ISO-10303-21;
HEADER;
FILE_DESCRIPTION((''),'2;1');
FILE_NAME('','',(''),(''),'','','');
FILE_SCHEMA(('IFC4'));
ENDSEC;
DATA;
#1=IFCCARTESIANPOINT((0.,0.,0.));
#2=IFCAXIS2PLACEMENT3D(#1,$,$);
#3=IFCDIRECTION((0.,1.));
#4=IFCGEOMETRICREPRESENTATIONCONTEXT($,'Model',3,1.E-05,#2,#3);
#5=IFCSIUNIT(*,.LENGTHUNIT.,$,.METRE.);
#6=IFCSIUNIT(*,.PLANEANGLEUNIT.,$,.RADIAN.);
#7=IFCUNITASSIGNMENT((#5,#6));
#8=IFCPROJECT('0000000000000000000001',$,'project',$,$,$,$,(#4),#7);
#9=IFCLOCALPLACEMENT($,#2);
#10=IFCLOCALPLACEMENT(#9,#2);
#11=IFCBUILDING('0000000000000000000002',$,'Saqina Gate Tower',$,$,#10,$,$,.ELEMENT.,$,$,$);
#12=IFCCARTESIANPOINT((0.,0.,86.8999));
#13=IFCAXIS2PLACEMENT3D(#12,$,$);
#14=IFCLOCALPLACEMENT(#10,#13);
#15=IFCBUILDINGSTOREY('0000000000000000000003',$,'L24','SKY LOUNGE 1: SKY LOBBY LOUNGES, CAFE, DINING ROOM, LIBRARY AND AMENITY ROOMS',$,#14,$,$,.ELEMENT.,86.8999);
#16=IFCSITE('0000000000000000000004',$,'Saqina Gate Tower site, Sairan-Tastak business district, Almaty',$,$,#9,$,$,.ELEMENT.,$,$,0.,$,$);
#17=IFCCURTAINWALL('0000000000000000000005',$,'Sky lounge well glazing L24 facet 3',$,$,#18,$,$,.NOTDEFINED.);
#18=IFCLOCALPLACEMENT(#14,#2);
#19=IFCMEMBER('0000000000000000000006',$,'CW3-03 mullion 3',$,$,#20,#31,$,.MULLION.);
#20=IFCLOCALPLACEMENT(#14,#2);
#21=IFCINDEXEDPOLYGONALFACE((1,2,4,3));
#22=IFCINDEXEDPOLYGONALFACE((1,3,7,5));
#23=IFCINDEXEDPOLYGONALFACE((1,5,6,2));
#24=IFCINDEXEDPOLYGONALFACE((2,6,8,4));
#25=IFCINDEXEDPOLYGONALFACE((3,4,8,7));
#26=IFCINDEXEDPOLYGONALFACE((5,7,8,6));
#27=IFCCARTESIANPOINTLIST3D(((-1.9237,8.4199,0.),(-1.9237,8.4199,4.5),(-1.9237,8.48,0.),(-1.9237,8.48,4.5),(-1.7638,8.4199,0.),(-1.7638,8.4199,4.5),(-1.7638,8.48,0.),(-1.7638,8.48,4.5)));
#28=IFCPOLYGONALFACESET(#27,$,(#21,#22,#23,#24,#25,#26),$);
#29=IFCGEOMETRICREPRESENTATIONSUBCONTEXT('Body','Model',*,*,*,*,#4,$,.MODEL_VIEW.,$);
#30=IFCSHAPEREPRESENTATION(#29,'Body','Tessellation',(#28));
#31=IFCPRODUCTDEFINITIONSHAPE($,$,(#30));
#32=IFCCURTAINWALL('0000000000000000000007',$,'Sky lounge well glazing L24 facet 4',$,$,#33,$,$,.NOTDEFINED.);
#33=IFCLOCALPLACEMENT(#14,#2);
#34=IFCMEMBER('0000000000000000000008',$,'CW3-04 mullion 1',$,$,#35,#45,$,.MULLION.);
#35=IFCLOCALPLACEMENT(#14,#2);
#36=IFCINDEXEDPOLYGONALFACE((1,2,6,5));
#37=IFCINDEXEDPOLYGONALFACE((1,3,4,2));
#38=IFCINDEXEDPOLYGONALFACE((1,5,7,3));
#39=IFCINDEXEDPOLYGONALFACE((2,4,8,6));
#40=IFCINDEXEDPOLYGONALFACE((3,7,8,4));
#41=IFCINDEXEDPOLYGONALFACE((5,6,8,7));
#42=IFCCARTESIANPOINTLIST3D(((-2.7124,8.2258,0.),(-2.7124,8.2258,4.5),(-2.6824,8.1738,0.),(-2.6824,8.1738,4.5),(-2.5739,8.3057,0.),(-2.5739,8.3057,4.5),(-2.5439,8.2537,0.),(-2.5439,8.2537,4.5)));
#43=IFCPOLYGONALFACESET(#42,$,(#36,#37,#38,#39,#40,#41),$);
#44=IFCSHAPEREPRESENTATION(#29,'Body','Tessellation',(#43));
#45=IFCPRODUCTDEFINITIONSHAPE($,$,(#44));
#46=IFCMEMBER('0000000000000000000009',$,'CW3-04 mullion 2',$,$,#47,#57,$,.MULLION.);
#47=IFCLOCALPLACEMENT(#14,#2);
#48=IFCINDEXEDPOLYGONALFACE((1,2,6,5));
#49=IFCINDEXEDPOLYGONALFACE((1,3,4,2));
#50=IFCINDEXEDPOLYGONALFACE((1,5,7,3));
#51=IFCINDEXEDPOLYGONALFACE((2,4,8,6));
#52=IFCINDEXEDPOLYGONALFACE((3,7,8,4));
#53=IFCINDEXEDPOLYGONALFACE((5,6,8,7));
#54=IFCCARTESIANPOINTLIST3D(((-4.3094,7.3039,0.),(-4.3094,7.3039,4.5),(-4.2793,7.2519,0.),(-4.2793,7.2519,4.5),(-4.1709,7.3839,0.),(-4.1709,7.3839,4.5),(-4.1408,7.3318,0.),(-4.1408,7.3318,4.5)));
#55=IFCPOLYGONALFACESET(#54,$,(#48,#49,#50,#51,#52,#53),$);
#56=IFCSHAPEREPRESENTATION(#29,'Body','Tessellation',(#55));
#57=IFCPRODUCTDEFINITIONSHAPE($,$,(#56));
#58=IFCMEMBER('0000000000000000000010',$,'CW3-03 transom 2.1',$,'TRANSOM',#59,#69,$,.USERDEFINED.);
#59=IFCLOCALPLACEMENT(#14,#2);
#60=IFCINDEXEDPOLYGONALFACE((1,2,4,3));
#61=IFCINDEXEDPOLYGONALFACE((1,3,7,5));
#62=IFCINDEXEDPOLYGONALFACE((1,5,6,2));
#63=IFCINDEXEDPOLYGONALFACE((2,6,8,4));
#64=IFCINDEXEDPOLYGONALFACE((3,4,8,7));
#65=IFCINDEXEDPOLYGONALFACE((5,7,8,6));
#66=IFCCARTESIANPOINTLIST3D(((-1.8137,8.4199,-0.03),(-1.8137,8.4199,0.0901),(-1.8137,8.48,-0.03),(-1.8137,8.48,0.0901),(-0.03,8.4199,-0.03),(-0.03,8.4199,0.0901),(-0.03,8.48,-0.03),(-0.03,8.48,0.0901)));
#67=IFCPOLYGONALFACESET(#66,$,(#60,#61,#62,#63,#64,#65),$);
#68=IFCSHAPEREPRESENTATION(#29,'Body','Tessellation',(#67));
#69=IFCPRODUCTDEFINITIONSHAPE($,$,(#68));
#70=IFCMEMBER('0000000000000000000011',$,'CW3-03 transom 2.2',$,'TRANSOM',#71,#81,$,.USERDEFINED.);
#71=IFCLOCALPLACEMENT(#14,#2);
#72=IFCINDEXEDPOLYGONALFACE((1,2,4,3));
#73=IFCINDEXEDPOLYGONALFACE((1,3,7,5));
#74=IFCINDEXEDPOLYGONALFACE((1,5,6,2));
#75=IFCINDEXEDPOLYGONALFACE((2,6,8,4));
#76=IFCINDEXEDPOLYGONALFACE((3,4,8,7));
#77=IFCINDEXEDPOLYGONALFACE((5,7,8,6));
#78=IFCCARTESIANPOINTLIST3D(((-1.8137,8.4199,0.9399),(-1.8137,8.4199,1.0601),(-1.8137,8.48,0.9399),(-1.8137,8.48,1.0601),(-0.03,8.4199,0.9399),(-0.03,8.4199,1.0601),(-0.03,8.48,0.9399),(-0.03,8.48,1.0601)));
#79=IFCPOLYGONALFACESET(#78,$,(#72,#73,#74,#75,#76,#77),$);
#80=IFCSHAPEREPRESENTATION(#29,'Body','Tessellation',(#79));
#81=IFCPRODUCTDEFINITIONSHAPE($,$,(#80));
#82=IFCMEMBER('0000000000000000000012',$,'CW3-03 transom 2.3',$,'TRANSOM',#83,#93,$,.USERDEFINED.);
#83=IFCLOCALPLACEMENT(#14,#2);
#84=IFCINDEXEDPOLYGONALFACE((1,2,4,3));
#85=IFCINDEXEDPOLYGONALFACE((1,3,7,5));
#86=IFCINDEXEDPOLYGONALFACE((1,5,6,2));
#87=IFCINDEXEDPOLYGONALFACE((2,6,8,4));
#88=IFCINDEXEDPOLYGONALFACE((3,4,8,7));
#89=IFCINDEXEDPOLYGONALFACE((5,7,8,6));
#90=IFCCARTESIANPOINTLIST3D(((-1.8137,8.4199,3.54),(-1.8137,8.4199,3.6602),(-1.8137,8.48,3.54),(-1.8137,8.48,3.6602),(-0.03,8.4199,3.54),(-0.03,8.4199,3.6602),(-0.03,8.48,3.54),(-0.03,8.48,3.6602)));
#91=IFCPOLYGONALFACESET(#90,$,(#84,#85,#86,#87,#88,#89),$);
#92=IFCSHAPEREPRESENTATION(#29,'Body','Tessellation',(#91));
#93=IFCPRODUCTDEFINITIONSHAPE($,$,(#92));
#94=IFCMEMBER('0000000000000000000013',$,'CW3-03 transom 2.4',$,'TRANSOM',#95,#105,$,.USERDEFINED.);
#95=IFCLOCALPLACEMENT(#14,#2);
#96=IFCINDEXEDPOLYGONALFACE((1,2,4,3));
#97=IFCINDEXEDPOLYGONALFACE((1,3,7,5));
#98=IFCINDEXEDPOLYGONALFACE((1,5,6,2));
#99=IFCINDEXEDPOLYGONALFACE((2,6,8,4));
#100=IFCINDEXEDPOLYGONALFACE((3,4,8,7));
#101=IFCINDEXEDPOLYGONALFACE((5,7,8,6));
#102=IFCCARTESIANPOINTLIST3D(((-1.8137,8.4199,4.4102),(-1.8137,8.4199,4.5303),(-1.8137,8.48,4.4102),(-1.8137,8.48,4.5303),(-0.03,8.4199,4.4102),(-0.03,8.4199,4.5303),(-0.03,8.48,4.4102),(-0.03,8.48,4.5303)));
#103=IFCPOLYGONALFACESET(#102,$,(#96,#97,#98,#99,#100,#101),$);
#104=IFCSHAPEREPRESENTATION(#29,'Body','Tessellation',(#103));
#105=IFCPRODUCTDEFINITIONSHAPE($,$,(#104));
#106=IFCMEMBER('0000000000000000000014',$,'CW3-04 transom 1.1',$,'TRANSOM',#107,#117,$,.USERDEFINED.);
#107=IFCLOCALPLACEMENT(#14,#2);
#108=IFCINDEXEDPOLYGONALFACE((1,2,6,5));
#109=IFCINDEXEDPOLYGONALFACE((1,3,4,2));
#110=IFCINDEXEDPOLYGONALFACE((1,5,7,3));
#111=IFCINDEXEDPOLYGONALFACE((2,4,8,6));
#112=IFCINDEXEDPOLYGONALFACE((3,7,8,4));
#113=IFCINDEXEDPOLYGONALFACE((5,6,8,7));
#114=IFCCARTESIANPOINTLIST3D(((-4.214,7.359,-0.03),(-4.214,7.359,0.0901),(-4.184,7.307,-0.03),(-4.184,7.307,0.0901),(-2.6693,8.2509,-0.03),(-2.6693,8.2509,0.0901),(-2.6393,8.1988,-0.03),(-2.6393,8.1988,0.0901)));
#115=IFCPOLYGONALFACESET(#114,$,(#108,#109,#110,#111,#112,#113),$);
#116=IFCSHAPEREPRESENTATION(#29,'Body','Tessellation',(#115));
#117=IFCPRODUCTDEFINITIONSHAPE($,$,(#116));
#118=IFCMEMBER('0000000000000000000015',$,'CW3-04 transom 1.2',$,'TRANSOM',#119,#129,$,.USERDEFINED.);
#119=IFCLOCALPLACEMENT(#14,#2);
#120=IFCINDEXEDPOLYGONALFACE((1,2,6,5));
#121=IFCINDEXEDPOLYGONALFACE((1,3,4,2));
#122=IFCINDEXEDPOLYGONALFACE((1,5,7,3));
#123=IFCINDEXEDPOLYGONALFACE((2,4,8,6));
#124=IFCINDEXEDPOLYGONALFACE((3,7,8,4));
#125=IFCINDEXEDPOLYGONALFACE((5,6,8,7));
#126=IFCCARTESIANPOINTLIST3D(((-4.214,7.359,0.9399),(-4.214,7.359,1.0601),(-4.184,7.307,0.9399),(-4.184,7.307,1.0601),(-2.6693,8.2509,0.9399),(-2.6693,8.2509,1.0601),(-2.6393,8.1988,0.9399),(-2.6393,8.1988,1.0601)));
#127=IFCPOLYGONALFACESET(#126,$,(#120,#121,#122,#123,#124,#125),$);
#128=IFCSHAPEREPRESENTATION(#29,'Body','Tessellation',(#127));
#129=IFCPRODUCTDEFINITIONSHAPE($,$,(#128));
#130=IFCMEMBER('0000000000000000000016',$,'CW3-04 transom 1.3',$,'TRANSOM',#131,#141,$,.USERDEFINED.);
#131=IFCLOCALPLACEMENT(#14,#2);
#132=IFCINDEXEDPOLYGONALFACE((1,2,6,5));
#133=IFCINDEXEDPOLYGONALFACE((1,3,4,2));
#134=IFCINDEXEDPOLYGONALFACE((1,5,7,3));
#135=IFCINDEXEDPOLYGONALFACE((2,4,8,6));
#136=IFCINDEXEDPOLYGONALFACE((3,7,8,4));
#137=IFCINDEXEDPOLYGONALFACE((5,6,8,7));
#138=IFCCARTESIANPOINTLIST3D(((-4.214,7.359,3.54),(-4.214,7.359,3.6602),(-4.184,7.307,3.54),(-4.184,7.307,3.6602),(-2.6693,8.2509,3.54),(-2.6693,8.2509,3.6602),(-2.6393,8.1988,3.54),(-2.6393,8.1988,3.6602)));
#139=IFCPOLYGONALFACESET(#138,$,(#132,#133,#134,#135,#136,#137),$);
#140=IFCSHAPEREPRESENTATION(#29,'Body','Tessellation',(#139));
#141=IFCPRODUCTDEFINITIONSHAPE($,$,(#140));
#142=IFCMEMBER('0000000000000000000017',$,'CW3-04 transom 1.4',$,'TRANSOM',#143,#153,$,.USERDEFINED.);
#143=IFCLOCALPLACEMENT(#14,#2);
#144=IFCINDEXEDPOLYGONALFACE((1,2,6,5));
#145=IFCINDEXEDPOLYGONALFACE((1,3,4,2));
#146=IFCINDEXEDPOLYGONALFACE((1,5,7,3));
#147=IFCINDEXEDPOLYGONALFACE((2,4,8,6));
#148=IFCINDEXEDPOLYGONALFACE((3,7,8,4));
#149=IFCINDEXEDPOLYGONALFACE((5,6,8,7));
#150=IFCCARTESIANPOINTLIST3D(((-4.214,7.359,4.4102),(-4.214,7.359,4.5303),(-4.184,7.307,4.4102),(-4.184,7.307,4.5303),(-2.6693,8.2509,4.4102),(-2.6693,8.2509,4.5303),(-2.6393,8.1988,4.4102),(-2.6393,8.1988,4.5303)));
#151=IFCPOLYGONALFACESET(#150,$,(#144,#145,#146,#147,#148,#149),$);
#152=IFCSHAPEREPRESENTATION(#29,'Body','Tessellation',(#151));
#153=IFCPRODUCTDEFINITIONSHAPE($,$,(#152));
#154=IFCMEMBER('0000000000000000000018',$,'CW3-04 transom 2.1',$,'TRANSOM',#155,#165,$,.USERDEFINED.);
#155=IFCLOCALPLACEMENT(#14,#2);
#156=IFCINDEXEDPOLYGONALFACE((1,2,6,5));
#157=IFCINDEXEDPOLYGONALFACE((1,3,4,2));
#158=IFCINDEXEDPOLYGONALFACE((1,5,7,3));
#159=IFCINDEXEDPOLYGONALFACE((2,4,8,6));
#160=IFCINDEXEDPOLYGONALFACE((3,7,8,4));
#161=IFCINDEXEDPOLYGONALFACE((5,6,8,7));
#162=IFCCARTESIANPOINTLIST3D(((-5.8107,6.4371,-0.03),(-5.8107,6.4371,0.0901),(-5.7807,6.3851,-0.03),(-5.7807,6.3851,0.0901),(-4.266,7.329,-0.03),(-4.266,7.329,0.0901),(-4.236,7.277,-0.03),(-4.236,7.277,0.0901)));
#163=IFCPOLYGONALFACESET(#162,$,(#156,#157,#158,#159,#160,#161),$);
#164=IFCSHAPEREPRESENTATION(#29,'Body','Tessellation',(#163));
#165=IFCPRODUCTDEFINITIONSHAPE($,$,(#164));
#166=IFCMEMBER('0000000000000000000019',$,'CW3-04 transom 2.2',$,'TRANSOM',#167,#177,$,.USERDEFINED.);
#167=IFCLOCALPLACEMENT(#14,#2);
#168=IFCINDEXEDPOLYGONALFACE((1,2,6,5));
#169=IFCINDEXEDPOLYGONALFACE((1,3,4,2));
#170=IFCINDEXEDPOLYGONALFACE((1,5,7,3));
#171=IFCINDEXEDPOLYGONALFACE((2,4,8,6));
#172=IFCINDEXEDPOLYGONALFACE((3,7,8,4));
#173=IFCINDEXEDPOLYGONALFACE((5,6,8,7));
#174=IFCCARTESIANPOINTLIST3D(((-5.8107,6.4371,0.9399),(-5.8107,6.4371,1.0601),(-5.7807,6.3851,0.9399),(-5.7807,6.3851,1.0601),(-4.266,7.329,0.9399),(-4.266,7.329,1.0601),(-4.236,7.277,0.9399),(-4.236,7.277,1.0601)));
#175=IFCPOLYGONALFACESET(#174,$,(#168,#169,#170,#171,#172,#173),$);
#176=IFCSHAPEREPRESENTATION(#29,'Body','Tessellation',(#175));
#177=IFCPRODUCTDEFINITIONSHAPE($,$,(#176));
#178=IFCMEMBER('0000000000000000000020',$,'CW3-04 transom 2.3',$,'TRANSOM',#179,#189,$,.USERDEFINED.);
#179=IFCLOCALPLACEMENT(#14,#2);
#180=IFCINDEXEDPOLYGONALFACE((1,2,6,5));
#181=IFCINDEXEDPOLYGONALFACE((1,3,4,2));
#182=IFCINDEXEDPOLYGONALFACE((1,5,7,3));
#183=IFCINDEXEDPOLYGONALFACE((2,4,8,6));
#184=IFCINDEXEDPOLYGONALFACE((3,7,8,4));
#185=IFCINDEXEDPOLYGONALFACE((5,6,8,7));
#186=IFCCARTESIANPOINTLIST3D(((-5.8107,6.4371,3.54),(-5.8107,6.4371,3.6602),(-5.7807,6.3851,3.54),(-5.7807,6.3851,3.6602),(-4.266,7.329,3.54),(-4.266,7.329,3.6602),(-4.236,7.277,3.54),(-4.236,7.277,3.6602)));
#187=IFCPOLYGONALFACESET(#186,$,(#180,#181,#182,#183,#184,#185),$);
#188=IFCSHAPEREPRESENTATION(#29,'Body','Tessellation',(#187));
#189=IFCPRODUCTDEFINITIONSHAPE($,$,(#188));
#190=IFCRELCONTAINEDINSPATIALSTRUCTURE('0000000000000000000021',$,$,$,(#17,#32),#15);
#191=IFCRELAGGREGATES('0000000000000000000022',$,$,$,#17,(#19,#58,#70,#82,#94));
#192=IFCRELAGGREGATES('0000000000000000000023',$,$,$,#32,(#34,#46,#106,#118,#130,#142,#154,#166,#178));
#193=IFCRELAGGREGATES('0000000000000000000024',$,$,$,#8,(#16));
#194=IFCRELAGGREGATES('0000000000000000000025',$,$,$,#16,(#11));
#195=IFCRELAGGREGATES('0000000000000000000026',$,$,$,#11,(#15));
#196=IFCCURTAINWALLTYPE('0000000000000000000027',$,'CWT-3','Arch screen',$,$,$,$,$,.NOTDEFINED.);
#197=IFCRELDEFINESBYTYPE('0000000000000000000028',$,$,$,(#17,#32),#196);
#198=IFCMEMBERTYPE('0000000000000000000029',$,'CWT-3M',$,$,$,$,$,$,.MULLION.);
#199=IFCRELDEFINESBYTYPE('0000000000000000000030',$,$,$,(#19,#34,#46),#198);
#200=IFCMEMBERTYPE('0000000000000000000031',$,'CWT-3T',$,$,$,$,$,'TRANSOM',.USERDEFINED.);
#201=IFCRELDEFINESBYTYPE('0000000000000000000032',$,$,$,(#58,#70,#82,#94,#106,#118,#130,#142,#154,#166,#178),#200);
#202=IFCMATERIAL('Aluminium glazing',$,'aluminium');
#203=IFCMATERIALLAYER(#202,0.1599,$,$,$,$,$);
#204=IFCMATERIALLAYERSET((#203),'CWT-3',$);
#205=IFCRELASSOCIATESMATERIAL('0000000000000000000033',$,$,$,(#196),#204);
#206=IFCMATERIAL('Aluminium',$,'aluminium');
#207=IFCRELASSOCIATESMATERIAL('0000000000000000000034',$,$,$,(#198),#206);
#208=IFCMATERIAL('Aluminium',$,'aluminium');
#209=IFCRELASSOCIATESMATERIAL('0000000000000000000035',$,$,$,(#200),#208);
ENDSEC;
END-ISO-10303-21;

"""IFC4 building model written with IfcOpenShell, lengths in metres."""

from ifc_helpers import new_model, si_unit, direction, frame, origin, origin_2d, place, context, subcontext, project, spatial, rectangle, extrude, material, layer, layer_set, material_profile, profile_set, type_object, element, aggregate, save


model = new_model("IFC4")

# Units and contexts
model_context = context("Model", 3, precision=1e-05, world=origin(), true_north=direction((0.0, 1.0)))
body_context = subcontext(model_context, "Body", "Model", "MODEL_VIEW")
ifc_project = project(units=[si_unit("LENGTHUNIT", "METRE"), si_unit("PLANEANGLEUNIT", "RADIAN")], contexts=[model_context])

# Site, building, storey
site_placement = place(None, origin())
site = spatial("IfcSite", under=ifc_project, at=site_placement, Name="Saqina Gate Tower site, Sairan-Tastak business district, Almaty", CompositionType="ELEMENT", RefElevation=0.0)
building_placement = place(site_placement, origin())
building = spatial("IfcBuilding", under=site, at=building_placement, Name="Saqina Gate Tower", CompositionType="ELEMENT")
storey_placement = place(building_placement, frame((0.0, 0.0, 86.8999)))
storey = spatial("IfcBuildingStorey", under=building, at=storey_placement, Name="L24", Description="SKY LOUNGE 1: SKY LOBBY LOUNGES, CAFE, DINING ROOM, LIBRARY AND AMENITY ROOMS", CompositionType="ELEMENT", Elevation=86.8999)

# Curtain wall, member
ifc_material_1 = material(Name="Aluminium glazing", Category="aluminium")
ifc_layer_1 = layer(ifc_material_1, 0.1599)
ifc_layer_set_1 = layer_set([ifc_layer_1], Name="CWT-3")
curtain_wall_type = type_object("IfcCurtainWallType", Name="CWT-3", Description="Arch screen", PredefinedType="NOTDEFINED", material=ifc_layer_set_1)
curtain_wall_1_placement = place(storey_placement, origin())
curtain_wall_1 = element("IfcCurtainWall", 1, at=curtain_wall_1_placement, inside=storey, type_object=curtain_wall_type, Name="Sky lounge well glazing L24 facet 3", PredefinedType="NOTDEFINED")
ifc_material_2 = material(Name="Aluminium", Category="aluminium")
ifc_material_profile_1 = material_profile(ifc_material_2, rectangle(XDim=0.0601, YDim=0.1599, at=origin_2d()), Name="Aluminium 60x160")
ifc_profile_set_1 = profile_set([ifc_material_profile_1], Name="Aluminium")
member_type_1 = type_object("IfcMemberType", Name="CWT-3M", PredefinedType="MULLION", material=ifc_profile_set_1)
member_1_placement = place(storey_placement, frame((-1.8438, 8.45, 0.0), z_axis=(0.0, 0.0, 1.0), x_axis=(0.0, -1.0, 0.0)))
member_1 = element("IfcMember", 2, at=member_1_placement, type_object=member_type_1, Name="CW3-03 mullion 3", PredefinedType="MULLION", context=body_context, shape_type="SweptSolid", body=[
    extrude(rectangle(XDim=0.0601, YDim=0.1599, at=origin_2d()), origin(), (0.0, 0.0, 1.0), 4.5),
])

# Curtain wall, members
curtain_wall_2_placement = place(storey_placement, origin())
curtain_wall_2 = element("IfcCurtainWall", 3, at=curtain_wall_2_placement, inside=storey, type_object=curtain_wall_type, Name="Sky lounge well glazing L24 facet 4", PredefinedType="NOTDEFINED")
member_2_placement = place(storey_placement, frame((-2.6282, 8.2397, 0.0), z_axis=(0.0, 0.0, 1.0), x_axis=(0.499993, -0.866029, 0.0)))
member_2 = element("IfcMember", 4, at=member_2_placement, type_object=member_type_1, Name="CW3-04 mullion 1", PredefinedType="MULLION", context=body_context, shape_type="SweptSolid", body=[
    extrude(rectangle(XDim=0.0601, YDim=0.1599, at=origin_2d()), origin(), (0.0, 0.0, 1.0), 4.5),
])
member_3_placement = place(storey_placement, frame((-4.2251, 7.3179, 0.0), z_axis=(0.0, 0.0, 1.0), x_axis=(0.499993, -0.866029, 0.0)))
member_3 = element("IfcMember", 5, at=member_3_placement, type_object=member_type_1, Name="CW3-04 mullion 2", PredefinedType="MULLION", context=body_context, shape_type="SweptSolid", body=[
    extrude(rectangle(XDim=0.0601, YDim=0.1599, at=origin_2d()), origin(), (0.0, 0.0, 1.0), 4.5),
])

# Members
ifc_material_3 = material(Name="Aluminium", Category="aluminium")
ifc_material_profile_2 = material_profile(ifc_material_3, rectangle(XDim=0.0601, YDim=0.1201, at=origin_2d()), Name="Aluminium 60x120")
ifc_profile_set_2 = profile_set([ifc_material_profile_2], Name="Aluminium")
member_type_2 = type_object("IfcMemberType", Name="CWT-3T", ElementType="TRANSOM", PredefinedType="USERDEFINED", material=ifc_profile_set_2)
member_4_placement = place(storey_placement, frame((-0.03, 8.45, 0.03), z_axis=(-1.0, 0.0, 0.0), x_axis=(0.0, -1.0, 0.0)))
member_4 = element("IfcMember", 6, at=member_4_placement, type_object=member_type_2, Name="CW3-03 transom 2.1", ObjectType="TRANSOM", PredefinedType="USERDEFINED", context=body_context, shape_type="SweptSolid", body=[
    extrude(rectangle(XDim=0.0601, YDim=0.1201, at=origin_2d()), origin(), (0.0, 0.0, 1.0), 1.7837),
])
member_5_placement = place(storey_placement, frame((-0.03, 8.45, 1.0), z_axis=(-1.0, 0.0, 0.0), x_axis=(0.0, -1.0, 0.0)))
member_5 = element("IfcMember", 7, at=member_5_placement, type_object=member_type_2, Name="CW3-03 transom 2.2", ObjectType="TRANSOM", PredefinedType="USERDEFINED", context=body_context, shape_type="SweptSolid", body=[
    extrude(rectangle(XDim=0.0601, YDim=0.1201, at=origin_2d()), origin(), (0.0, 0.0, 1.0), 1.7837),
])
member_6_placement = place(storey_placement, frame((-0.03, 8.45, 3.6001), z_axis=(-1.0, 0.0, 0.0), x_axis=(0.0, -1.0, 0.0)))
member_6 = element("IfcMember", 8, at=member_6_placement, type_object=member_type_2, Name="CW3-03 transom 2.3", ObjectType="TRANSOM", PredefinedType="USERDEFINED", context=body_context, shape_type="SweptSolid", body=[
    extrude(rectangle(XDim=0.0601, YDim=0.1201, at=origin_2d()), origin(), (0.0, 0.0, 1.0), 1.7837),
])
member_7_placement = place(storey_placement, frame((-0.03, 8.45, 4.4702), z_axis=(-1.0, 0.0, 0.0), x_axis=(0.0, -1.0, 0.0)))
member_7 = element("IfcMember", 9, at=member_7_placement, type_object=member_type_2, Name="CW3-03 transom 2.4", ObjectType="TRANSOM", PredefinedType="USERDEFINED", context=body_context, shape_type="SweptSolid", body=[
    extrude(rectangle(XDim=0.0601, YDim=0.1201, at=origin_2d()), origin(), (0.0, 0.0, 1.0), 1.7837),
])
member_8_placement = place(storey_placement, frame((-2.6543, 8.2249, 0.03), z_axis=(-0.866019, -0.500011, 0.0), x_axis=(0.500011, -0.866019, 0.0)))
member_8 = element("IfcMember", 10, at=member_8_placement, type_object=member_type_2, Name="CW3-04 transom 1.1", ObjectType="TRANSOM", PredefinedType="USERDEFINED", context=body_context, shape_type="SweptSolid", body=[
    extrude(rectangle(XDim=0.0601, YDim=0.1201, at=origin_2d()), origin(), (0.0, 0.0, 1.0), 1.7837),
])
member_9_placement = place(storey_placement, frame((-2.6543, 8.2249, 1.0), z_axis=(-0.866019, -0.500011, 0.0), x_axis=(0.500011, -0.866019, 0.0)))
member_9 = element("IfcMember", 11, at=member_9_placement, type_object=member_type_2, Name="CW3-04 transom 1.2", ObjectType="TRANSOM", PredefinedType="USERDEFINED", context=body_context, shape_type="SweptSolid", body=[
    extrude(rectangle(XDim=0.0601, YDim=0.1201, at=origin_2d()), origin(), (0.0, 0.0, 1.0), 1.7837),
])
member_10_placement = place(storey_placement, frame((-2.6543, 8.2249, 3.6001), z_axis=(-0.866019, -0.500011, 0.0), x_axis=(0.500011, -0.866019, 0.0)))
member_10 = element("IfcMember", 12, at=member_10_placement, type_object=member_type_2, Name="CW3-04 transom 1.3", ObjectType="TRANSOM", PredefinedType="USERDEFINED", context=body_context, shape_type="SweptSolid", body=[
    extrude(rectangle(XDim=0.0601, YDim=0.1201, at=origin_2d()), origin(), (0.0, 0.0, 1.0), 1.7837),
])
member_11_placement = place(storey_placement, frame((-2.6543, 8.2249, 4.4702), z_axis=(-0.866019, -0.500011, 0.0), x_axis=(0.500011, -0.866019, 0.0)))
member_11 = element("IfcMember", 13, at=member_11_placement, type_object=member_type_2, Name="CW3-04 transom 1.4", ObjectType="TRANSOM", PredefinedType="USERDEFINED", context=body_context, shape_type="SweptSolid", body=[
    extrude(rectangle(XDim=0.0601, YDim=0.1201, at=origin_2d()), origin(), (0.0, 0.0, 1.0), 1.7837),
])
member_12_placement = place(storey_placement, frame((-4.251, 7.303, 0.03), z_axis=(-0.866019, -0.500011, 0.0), x_axis=(0.500011, -0.866019, 0.0)))
member_12 = element("IfcMember", 14, at=member_12_placement, type_object=member_type_2, Name="CW3-04 transom 2.1", ObjectType="TRANSOM", PredefinedType="USERDEFINED", context=body_context, shape_type="SweptSolid", body=[
    extrude(rectangle(XDim=0.0601, YDim=0.1201, at=origin_2d()), origin(), (0.0, 0.0, 1.0), 1.7837),
])
member_13_placement = place(storey_placement, frame((-4.251, 7.303, 1.0), z_axis=(-0.866019, -0.500011, 0.0), x_axis=(0.500011, -0.866019, 0.0)))
member_13 = element("IfcMember", 15, at=member_13_placement, type_object=member_type_2, Name="CW3-04 transom 2.2", ObjectType="TRANSOM", PredefinedType="USERDEFINED", context=body_context, shape_type="SweptSolid", body=[
    extrude(rectangle(XDim=0.0601, YDim=0.1201, at=origin_2d()), origin(), (0.0, 0.0, 1.0), 1.7837),
])
member_14_placement = place(storey_placement, frame((-4.251, 7.303, 3.6001), z_axis=(-0.866019, -0.500011, 0.0), x_axis=(0.500011, -0.866019, 0.0)))
member_14 = element("IfcMember", 16, at=member_14_placement, type_object=member_type_2, Name="CW3-04 transom 2.3", ObjectType="TRANSOM", PredefinedType="USERDEFINED", context=body_context, shape_type="SweptSolid", body=[
    extrude(rectangle(XDim=0.0601, YDim=0.1201, at=origin_2d()), origin(), (0.0, 0.0, 1.0), 1.7837),
])

aggregate(curtain_wall_1, [member_1, member_4, member_5, member_6, member_7])
aggregate(curtain_wall_2, [member_2, member_3, member_8, member_9, member_10, member_11, member_12, member_13, member_14])

save(model, "model.ifc")
